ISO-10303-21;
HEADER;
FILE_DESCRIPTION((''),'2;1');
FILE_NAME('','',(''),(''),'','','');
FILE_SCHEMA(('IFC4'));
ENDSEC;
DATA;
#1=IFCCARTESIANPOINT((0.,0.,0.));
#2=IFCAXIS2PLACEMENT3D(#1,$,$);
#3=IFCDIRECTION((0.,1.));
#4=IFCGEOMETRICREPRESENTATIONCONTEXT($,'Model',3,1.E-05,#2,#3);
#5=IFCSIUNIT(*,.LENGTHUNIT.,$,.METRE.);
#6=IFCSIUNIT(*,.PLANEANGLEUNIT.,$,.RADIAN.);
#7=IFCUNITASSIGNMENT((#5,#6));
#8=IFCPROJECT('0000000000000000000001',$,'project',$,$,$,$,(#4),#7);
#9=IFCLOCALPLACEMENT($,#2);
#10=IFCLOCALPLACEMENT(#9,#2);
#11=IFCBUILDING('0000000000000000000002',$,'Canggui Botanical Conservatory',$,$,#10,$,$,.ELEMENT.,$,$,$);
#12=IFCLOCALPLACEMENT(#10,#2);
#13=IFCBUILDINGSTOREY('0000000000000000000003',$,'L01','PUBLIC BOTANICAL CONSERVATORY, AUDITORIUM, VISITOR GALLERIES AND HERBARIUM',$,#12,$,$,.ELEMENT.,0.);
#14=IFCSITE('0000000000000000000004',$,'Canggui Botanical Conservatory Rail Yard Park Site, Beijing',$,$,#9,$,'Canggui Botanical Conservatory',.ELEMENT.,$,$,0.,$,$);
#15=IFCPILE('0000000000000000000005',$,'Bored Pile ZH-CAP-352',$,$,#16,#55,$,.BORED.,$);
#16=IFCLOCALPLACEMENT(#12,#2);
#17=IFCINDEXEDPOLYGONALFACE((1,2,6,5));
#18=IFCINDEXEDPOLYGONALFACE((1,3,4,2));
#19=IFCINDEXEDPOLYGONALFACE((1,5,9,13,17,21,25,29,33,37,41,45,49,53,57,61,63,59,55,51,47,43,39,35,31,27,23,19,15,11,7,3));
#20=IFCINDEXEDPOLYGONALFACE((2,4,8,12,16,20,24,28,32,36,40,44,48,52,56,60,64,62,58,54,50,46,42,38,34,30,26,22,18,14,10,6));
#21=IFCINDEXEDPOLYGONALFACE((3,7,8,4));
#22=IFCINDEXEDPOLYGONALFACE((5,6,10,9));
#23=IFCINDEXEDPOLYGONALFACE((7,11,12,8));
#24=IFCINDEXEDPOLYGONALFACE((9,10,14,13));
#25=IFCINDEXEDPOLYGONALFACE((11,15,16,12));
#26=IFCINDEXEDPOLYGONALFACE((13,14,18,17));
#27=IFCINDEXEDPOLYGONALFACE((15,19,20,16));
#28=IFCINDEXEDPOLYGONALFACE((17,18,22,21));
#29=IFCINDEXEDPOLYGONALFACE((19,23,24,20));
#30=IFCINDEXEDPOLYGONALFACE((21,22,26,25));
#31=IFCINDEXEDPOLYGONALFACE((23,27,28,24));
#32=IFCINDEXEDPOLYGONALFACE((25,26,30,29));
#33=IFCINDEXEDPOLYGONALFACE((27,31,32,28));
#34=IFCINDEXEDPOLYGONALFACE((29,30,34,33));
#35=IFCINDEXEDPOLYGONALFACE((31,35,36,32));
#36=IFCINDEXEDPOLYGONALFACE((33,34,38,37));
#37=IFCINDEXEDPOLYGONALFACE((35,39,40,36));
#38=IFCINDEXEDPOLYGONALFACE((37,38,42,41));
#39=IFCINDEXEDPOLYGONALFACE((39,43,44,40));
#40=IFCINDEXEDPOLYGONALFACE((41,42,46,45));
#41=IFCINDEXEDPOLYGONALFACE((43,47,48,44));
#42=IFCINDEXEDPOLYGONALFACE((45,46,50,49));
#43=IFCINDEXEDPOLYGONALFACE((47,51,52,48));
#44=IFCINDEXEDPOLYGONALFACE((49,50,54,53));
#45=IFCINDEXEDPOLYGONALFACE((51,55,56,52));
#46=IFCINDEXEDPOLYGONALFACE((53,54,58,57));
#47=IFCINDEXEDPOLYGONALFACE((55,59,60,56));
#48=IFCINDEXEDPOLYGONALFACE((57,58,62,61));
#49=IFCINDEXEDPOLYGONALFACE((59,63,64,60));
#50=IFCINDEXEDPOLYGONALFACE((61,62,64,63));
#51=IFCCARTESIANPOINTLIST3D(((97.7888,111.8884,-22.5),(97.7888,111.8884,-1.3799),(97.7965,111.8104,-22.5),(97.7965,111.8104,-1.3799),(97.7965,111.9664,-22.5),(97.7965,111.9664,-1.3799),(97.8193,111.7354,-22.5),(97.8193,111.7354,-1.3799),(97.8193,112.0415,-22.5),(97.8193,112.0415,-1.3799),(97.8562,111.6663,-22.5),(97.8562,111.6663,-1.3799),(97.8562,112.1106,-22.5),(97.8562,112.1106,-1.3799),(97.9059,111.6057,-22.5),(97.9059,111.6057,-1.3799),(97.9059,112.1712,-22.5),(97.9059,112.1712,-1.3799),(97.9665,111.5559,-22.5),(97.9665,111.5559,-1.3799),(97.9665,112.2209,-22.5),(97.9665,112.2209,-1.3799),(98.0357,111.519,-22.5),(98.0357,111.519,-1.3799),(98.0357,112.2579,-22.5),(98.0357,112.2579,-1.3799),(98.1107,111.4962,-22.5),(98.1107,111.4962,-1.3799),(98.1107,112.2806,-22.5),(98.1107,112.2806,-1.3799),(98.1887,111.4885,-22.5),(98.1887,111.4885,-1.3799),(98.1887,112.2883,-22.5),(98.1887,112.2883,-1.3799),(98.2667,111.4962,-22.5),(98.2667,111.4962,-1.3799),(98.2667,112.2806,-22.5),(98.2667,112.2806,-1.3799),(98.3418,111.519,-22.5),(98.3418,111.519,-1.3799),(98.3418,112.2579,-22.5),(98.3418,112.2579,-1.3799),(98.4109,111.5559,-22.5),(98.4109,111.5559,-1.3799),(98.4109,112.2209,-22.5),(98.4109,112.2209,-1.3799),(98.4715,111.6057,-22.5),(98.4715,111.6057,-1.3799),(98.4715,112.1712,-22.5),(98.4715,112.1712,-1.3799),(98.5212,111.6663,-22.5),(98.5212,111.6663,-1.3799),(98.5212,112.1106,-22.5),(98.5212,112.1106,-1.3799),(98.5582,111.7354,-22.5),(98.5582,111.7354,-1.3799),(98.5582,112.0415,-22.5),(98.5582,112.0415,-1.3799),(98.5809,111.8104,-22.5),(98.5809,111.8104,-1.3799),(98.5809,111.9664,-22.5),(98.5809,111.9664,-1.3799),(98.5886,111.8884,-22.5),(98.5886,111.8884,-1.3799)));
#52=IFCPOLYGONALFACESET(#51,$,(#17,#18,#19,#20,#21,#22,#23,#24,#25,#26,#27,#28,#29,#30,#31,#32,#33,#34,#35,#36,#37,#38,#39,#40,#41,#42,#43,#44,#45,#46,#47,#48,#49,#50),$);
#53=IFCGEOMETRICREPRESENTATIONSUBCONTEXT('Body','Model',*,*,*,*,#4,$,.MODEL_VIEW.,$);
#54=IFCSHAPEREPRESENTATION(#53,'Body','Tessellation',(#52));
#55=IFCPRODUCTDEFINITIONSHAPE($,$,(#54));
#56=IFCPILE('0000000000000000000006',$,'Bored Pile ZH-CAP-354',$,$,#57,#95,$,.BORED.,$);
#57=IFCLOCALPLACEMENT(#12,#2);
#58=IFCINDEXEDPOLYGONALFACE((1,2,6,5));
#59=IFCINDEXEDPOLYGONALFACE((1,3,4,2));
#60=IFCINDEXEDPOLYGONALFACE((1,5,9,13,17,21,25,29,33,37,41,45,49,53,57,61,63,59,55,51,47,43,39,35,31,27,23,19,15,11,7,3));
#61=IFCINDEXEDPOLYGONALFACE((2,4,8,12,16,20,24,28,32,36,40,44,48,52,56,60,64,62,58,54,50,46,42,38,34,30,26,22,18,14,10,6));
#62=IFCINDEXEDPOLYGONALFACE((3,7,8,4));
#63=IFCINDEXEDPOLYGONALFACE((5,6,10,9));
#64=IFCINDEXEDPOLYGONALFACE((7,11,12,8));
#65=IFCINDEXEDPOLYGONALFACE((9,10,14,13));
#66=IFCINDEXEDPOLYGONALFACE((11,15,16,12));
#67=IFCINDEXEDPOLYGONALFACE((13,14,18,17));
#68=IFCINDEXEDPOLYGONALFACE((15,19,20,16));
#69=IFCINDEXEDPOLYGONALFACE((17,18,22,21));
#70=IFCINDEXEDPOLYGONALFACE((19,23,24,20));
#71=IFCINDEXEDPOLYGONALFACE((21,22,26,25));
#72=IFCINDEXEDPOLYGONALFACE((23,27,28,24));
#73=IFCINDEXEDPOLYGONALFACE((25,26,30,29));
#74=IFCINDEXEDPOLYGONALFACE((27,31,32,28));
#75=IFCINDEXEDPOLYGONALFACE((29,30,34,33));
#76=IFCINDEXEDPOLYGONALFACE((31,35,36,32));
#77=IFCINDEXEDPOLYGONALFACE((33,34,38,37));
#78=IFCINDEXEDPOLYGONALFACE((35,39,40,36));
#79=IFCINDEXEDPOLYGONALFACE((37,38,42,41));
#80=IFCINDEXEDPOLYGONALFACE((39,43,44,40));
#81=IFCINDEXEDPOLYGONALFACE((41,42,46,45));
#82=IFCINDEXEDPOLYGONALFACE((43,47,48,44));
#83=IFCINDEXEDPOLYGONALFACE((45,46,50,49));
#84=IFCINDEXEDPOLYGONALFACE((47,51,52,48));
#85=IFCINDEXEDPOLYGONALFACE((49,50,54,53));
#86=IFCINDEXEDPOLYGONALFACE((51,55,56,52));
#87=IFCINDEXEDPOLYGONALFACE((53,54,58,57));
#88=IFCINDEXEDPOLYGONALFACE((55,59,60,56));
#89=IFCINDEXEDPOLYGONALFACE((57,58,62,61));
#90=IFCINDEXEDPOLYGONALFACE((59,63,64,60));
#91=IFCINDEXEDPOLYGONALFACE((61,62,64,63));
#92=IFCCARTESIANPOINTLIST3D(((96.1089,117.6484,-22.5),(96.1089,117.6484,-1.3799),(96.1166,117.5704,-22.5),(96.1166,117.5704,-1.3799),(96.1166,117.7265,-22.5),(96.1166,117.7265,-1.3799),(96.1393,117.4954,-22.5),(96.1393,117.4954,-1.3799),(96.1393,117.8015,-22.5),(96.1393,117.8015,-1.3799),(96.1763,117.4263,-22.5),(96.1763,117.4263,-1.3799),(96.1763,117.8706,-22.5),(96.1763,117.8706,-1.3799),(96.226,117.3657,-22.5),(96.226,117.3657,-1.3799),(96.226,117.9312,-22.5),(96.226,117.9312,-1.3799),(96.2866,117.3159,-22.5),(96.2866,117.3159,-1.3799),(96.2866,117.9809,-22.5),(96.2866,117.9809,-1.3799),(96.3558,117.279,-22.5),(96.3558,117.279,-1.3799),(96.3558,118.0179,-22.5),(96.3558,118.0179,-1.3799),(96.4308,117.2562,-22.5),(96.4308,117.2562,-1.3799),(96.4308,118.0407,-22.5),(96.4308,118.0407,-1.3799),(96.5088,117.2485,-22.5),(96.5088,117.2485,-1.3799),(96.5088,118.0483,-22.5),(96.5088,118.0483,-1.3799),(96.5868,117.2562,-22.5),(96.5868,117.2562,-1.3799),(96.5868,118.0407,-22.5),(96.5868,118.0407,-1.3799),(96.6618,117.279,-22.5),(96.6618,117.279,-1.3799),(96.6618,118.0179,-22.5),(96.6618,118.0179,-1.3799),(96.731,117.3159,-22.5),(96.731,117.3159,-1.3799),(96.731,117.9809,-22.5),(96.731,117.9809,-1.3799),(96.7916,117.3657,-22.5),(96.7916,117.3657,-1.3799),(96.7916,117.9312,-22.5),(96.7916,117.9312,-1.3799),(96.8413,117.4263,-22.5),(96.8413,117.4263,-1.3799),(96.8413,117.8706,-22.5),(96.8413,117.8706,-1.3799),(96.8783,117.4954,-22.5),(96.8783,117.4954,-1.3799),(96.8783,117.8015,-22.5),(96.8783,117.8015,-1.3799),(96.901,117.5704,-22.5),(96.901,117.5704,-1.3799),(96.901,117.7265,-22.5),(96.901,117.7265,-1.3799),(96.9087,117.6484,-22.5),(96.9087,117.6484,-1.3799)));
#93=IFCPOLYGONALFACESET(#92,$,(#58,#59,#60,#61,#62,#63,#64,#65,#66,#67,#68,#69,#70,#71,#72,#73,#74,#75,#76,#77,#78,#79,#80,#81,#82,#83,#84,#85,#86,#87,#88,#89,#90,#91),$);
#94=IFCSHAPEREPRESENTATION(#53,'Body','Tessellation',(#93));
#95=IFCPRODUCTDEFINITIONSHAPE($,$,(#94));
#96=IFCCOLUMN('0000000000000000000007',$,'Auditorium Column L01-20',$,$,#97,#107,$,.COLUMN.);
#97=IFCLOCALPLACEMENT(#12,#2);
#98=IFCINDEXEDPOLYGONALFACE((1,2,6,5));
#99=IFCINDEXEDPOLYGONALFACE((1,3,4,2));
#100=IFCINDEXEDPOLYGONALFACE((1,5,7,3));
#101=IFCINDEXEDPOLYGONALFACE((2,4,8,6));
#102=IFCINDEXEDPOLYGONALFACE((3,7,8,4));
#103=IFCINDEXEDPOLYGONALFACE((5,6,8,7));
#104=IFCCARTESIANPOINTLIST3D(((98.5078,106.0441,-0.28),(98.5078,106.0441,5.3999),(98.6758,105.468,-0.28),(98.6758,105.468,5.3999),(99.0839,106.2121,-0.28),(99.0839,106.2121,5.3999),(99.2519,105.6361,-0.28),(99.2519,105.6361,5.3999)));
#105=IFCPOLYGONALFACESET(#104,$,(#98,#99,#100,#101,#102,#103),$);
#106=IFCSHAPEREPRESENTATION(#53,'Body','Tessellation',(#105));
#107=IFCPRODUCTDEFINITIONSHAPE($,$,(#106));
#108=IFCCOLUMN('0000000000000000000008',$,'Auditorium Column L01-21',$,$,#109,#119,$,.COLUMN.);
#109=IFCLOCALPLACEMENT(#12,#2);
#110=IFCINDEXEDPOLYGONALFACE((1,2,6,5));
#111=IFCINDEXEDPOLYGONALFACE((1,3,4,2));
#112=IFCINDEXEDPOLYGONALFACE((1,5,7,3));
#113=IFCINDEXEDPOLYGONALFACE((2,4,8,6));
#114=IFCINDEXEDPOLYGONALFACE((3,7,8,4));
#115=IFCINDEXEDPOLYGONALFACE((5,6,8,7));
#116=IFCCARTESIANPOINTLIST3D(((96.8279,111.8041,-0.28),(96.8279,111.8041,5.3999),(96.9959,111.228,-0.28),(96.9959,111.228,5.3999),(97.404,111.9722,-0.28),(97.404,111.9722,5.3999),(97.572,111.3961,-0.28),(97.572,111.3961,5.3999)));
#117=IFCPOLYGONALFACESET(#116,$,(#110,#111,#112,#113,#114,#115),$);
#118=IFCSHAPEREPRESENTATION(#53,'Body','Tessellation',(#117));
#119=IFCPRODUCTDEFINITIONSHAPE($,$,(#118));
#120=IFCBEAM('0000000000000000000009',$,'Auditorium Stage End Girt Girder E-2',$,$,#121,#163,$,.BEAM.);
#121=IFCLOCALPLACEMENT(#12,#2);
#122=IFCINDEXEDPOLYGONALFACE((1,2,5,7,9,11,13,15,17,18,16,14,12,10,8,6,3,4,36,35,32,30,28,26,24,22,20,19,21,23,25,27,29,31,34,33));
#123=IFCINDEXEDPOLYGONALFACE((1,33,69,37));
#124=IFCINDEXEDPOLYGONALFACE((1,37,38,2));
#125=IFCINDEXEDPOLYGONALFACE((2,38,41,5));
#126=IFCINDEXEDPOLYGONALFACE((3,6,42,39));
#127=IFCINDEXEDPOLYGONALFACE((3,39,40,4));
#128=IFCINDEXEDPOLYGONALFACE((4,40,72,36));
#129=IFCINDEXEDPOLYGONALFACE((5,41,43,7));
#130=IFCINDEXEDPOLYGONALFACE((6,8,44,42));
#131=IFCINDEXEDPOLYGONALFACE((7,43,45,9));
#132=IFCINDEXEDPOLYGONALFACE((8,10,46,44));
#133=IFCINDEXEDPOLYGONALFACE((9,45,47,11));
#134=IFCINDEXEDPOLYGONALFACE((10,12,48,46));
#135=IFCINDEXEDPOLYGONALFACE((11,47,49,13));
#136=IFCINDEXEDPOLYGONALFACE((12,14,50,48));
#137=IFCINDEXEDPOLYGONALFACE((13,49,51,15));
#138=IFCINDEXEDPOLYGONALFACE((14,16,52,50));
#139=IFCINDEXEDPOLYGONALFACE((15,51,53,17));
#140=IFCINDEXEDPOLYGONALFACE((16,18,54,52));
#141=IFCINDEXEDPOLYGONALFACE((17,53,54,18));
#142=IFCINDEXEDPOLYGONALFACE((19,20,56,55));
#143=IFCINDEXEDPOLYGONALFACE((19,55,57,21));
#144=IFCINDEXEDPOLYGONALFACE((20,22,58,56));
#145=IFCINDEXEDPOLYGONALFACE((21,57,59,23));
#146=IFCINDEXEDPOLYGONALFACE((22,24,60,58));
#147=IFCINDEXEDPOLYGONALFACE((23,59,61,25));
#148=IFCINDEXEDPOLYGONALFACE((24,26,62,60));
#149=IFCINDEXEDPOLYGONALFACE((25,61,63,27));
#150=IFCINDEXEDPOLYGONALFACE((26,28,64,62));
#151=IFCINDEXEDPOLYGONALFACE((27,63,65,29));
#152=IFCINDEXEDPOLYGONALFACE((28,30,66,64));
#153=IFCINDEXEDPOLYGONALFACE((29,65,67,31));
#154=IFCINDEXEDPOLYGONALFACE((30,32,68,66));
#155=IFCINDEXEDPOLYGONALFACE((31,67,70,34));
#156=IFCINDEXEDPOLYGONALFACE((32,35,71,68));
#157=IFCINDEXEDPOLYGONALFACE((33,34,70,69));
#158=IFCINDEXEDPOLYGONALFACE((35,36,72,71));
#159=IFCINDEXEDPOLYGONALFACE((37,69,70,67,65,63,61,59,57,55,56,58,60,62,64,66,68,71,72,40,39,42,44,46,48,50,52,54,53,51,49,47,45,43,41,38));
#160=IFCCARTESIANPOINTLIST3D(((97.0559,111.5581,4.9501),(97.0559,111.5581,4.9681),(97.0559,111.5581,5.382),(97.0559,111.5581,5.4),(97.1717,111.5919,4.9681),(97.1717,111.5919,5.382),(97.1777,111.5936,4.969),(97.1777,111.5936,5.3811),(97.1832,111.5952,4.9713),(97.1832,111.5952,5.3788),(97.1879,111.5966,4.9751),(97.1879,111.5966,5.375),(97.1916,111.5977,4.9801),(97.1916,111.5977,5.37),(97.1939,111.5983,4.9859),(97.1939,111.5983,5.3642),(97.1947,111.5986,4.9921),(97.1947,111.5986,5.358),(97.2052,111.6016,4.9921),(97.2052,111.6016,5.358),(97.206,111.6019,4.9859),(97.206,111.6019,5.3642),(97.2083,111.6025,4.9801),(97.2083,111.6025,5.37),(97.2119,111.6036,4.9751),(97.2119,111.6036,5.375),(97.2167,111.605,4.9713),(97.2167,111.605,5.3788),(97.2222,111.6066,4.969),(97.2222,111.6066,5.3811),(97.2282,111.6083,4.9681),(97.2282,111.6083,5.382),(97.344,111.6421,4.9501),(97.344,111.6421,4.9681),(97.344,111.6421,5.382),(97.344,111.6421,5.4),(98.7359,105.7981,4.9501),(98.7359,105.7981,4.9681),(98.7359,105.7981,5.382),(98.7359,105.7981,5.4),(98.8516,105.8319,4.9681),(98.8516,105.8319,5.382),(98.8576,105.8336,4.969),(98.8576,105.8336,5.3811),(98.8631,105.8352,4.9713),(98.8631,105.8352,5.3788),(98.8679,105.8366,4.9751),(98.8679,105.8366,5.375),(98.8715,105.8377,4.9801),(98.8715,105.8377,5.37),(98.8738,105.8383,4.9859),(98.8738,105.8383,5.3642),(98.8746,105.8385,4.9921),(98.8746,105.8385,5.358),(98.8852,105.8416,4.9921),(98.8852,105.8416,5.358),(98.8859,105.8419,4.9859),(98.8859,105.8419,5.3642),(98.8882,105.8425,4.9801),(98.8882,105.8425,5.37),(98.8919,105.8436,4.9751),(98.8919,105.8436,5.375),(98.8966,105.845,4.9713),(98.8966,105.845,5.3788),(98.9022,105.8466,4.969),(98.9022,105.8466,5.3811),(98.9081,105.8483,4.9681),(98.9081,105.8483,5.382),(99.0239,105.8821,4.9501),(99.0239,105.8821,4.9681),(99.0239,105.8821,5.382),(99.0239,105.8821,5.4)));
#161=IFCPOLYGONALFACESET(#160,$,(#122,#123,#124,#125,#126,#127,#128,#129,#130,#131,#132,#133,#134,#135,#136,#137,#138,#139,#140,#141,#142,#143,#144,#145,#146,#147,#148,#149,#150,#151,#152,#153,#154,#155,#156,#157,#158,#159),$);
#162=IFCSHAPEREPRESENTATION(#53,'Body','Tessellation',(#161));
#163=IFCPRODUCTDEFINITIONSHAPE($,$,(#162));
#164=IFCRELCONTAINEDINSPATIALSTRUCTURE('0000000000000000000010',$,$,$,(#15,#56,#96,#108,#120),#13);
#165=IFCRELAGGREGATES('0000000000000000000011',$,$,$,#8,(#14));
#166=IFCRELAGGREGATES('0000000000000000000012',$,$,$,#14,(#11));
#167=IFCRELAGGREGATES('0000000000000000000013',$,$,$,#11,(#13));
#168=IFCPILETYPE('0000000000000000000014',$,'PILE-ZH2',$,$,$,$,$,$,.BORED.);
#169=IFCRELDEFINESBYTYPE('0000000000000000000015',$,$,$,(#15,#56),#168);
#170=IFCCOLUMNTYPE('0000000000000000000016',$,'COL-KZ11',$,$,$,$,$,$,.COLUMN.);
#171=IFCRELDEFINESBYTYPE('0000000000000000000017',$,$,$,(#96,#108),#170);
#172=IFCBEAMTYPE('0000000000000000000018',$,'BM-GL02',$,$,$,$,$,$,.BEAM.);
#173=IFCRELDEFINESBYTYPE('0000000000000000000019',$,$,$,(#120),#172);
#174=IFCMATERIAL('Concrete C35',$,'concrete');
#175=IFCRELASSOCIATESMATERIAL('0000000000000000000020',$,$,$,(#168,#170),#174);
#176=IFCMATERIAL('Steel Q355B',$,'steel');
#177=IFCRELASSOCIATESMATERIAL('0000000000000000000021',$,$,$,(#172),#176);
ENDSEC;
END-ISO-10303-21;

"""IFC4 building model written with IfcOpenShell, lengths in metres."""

from ifc_helpers import new_model, si_unit, direction, frame, origin, origin_2d, place, context, subcontext, project, spatial, rectangle, circle, i_section, extrude, material, material_profile, profile_set, type_object, element, save


model = new_model("IFC4")

# Units and contexts
model_context = context("Model", 3, precision=1e-05, world=origin(), true_north=direction((0.0, 1.0)))
body_context = subcontext(model_context, "Body", "Model", "MODEL_VIEW")
ifc_project = project(units=[si_unit("LENGTHUNIT", "METRE"), si_unit("PLANEANGLEUNIT", "RADIAN")], contexts=[model_context])

# Site, building, storey
site_placement = place(None, origin())
site = spatial("IfcSite", under=ifc_project, at=site_placement, Name="Canggui Botanical Conservatory Rail Yard Park Site, Beijing", LongName="Canggui Botanical Conservatory", CompositionType="ELEMENT", RefElevation=0.0)
building_placement = place(site_placement, origin())
building = spatial("IfcBuilding", under=site, at=building_placement, Name="Canggui Botanical Conservatory", CompositionType="ELEMENT")
storey_placement = place(building_placement, origin())
storey = spatial("IfcBuildingStorey", under=building, at=storey_placement, Name="L01", Description="PUBLIC BOTANICAL CONSERVATORY, AUDITORIUM, VISITOR GALLERIES AND HERBARIUM", CompositionType="ELEMENT", Elevation=0.0)

# Shared definitions
ifc_material_1 = material(Name="Concrete C35", Category="concrete")

# Piles
ifc_material_profile_1 = material_profile(ifc_material_1, circle(Radius=0.3999, at=origin_2d()), Name="PILE D800")
ifc_profile_set_1 = profile_set([ifc_material_profile_1], Name="Concrete C35")
pile_type = type_object("IfcPileType", Name="PILE-ZH2", PredefinedType="BORED", material=ifc_profile_set_1)
for number, where, z_axis, x_axis, name in (
    (1, (98.1887, 111.8884, -1.3799), (0.0, 0.0, -1.0), (1.0, 0.0, 0.0), "Bored Pile ZH-CAP-352"),
    (2, (96.5088, 117.6484, -1.3799), (0.0, 0.0, -1.0), (1.0, 0.0, 0.0), "Bored Pile ZH-CAP-354"),
):
    element("IfcPile", number, at=place(storey_placement, frame(where, z_axis=z_axis, x_axis=x_axis)), inside=storey, type_object=pile_type, Name=name, PredefinedType="BORED", context=body_context, shape_type="SweptSolid", body=[
        extrude(circle(Radius=0.3999, at=origin_2d()), origin(), (0.0, 0.0, 1.0), 21.1201),
    ])

# Columns
ifc_material_profile_2 = material_profile(ifc_material_1, rectangle(XDim=0.6001, YDim=0.6001, at=origin_2d()), Name="RC 600x600")
ifc_profile_set_2 = profile_set([ifc_material_profile_2], Name="Concrete C35")
column_type = type_object("IfcColumnType", Name="COL-KZ11", PredefinedType="COLUMN", material=ifc_profile_set_2)
for number, where, z_axis, x_axis, name in (
    (3, (98.8799, 105.8401, -0.28), (0.0, 0.0, 1.0), (0.96, 0.28, 0.0), "Auditorium Column L01-20"),
    (4, (97.2, 111.6001, -0.28), (0.0, 0.0, 1.0), (0.96, 0.28, 0.0), "Auditorium Column L01-21"),
):
    element("IfcColumn", number, at=place(storey_placement, frame(where, z_axis=z_axis, x_axis=x_axis)), inside=storey, type_object=column_type, Name=name, PredefinedType="COLUMN", context=body_context, shape_type="SweptSolid", body=[
        extrude(rectangle(XDim=0.6001, YDim=0.6001, at=origin_2d()), origin(), (0.0, 0.0, 1.0), 5.6799),
    ])

# Beam
ifc_material_2 = material(Name="Steel Q355B", Category="steel")
ifc_material_profile_3 = material_profile(ifc_material_2, i_section(OverallWidth=0.3, OverallDepth=0.45, WebThickness=0.011, FlangeThickness=0.0181, FilletRadius=0.0239, at=origin_2d()), Name="HM 450x300x11x18")
ifc_profile_set_3 = profile_set([ifc_material_profile_3], Name="Steel Q355B")
beam_type = type_object("IfcBeamType", Name="BM-GL02", PredefinedType="BEAM", material=ifc_profile_set_3)
for number, where, z_axis, x_axis, name in (
    (5, (98.8799, 105.8401, 5.175), (-0.279989, 0.960003, 0.0), (-0.960003, -0.279989, 0.0), "Auditorium Stage End Girt Girder E-2"),
):
    element("IfcBeam", number, at=place(storey_placement, frame(where, z_axis=z_axis, x_axis=x_axis)), inside=storey, type_object=beam_type, Name=name, PredefinedType="BEAM", context=body_context, shape_type="SweptSolid", body=[
        extrude(i_section(OverallWidth=0.3, OverallDepth=0.45, WebThickness=0.011, FlangeThickness=0.0181, FilletRadius=0.0239, at=origin_2d()), origin(), (0.0, 0.0, 1.0), 6.0),
    ])

save(model, "model.ifc")
